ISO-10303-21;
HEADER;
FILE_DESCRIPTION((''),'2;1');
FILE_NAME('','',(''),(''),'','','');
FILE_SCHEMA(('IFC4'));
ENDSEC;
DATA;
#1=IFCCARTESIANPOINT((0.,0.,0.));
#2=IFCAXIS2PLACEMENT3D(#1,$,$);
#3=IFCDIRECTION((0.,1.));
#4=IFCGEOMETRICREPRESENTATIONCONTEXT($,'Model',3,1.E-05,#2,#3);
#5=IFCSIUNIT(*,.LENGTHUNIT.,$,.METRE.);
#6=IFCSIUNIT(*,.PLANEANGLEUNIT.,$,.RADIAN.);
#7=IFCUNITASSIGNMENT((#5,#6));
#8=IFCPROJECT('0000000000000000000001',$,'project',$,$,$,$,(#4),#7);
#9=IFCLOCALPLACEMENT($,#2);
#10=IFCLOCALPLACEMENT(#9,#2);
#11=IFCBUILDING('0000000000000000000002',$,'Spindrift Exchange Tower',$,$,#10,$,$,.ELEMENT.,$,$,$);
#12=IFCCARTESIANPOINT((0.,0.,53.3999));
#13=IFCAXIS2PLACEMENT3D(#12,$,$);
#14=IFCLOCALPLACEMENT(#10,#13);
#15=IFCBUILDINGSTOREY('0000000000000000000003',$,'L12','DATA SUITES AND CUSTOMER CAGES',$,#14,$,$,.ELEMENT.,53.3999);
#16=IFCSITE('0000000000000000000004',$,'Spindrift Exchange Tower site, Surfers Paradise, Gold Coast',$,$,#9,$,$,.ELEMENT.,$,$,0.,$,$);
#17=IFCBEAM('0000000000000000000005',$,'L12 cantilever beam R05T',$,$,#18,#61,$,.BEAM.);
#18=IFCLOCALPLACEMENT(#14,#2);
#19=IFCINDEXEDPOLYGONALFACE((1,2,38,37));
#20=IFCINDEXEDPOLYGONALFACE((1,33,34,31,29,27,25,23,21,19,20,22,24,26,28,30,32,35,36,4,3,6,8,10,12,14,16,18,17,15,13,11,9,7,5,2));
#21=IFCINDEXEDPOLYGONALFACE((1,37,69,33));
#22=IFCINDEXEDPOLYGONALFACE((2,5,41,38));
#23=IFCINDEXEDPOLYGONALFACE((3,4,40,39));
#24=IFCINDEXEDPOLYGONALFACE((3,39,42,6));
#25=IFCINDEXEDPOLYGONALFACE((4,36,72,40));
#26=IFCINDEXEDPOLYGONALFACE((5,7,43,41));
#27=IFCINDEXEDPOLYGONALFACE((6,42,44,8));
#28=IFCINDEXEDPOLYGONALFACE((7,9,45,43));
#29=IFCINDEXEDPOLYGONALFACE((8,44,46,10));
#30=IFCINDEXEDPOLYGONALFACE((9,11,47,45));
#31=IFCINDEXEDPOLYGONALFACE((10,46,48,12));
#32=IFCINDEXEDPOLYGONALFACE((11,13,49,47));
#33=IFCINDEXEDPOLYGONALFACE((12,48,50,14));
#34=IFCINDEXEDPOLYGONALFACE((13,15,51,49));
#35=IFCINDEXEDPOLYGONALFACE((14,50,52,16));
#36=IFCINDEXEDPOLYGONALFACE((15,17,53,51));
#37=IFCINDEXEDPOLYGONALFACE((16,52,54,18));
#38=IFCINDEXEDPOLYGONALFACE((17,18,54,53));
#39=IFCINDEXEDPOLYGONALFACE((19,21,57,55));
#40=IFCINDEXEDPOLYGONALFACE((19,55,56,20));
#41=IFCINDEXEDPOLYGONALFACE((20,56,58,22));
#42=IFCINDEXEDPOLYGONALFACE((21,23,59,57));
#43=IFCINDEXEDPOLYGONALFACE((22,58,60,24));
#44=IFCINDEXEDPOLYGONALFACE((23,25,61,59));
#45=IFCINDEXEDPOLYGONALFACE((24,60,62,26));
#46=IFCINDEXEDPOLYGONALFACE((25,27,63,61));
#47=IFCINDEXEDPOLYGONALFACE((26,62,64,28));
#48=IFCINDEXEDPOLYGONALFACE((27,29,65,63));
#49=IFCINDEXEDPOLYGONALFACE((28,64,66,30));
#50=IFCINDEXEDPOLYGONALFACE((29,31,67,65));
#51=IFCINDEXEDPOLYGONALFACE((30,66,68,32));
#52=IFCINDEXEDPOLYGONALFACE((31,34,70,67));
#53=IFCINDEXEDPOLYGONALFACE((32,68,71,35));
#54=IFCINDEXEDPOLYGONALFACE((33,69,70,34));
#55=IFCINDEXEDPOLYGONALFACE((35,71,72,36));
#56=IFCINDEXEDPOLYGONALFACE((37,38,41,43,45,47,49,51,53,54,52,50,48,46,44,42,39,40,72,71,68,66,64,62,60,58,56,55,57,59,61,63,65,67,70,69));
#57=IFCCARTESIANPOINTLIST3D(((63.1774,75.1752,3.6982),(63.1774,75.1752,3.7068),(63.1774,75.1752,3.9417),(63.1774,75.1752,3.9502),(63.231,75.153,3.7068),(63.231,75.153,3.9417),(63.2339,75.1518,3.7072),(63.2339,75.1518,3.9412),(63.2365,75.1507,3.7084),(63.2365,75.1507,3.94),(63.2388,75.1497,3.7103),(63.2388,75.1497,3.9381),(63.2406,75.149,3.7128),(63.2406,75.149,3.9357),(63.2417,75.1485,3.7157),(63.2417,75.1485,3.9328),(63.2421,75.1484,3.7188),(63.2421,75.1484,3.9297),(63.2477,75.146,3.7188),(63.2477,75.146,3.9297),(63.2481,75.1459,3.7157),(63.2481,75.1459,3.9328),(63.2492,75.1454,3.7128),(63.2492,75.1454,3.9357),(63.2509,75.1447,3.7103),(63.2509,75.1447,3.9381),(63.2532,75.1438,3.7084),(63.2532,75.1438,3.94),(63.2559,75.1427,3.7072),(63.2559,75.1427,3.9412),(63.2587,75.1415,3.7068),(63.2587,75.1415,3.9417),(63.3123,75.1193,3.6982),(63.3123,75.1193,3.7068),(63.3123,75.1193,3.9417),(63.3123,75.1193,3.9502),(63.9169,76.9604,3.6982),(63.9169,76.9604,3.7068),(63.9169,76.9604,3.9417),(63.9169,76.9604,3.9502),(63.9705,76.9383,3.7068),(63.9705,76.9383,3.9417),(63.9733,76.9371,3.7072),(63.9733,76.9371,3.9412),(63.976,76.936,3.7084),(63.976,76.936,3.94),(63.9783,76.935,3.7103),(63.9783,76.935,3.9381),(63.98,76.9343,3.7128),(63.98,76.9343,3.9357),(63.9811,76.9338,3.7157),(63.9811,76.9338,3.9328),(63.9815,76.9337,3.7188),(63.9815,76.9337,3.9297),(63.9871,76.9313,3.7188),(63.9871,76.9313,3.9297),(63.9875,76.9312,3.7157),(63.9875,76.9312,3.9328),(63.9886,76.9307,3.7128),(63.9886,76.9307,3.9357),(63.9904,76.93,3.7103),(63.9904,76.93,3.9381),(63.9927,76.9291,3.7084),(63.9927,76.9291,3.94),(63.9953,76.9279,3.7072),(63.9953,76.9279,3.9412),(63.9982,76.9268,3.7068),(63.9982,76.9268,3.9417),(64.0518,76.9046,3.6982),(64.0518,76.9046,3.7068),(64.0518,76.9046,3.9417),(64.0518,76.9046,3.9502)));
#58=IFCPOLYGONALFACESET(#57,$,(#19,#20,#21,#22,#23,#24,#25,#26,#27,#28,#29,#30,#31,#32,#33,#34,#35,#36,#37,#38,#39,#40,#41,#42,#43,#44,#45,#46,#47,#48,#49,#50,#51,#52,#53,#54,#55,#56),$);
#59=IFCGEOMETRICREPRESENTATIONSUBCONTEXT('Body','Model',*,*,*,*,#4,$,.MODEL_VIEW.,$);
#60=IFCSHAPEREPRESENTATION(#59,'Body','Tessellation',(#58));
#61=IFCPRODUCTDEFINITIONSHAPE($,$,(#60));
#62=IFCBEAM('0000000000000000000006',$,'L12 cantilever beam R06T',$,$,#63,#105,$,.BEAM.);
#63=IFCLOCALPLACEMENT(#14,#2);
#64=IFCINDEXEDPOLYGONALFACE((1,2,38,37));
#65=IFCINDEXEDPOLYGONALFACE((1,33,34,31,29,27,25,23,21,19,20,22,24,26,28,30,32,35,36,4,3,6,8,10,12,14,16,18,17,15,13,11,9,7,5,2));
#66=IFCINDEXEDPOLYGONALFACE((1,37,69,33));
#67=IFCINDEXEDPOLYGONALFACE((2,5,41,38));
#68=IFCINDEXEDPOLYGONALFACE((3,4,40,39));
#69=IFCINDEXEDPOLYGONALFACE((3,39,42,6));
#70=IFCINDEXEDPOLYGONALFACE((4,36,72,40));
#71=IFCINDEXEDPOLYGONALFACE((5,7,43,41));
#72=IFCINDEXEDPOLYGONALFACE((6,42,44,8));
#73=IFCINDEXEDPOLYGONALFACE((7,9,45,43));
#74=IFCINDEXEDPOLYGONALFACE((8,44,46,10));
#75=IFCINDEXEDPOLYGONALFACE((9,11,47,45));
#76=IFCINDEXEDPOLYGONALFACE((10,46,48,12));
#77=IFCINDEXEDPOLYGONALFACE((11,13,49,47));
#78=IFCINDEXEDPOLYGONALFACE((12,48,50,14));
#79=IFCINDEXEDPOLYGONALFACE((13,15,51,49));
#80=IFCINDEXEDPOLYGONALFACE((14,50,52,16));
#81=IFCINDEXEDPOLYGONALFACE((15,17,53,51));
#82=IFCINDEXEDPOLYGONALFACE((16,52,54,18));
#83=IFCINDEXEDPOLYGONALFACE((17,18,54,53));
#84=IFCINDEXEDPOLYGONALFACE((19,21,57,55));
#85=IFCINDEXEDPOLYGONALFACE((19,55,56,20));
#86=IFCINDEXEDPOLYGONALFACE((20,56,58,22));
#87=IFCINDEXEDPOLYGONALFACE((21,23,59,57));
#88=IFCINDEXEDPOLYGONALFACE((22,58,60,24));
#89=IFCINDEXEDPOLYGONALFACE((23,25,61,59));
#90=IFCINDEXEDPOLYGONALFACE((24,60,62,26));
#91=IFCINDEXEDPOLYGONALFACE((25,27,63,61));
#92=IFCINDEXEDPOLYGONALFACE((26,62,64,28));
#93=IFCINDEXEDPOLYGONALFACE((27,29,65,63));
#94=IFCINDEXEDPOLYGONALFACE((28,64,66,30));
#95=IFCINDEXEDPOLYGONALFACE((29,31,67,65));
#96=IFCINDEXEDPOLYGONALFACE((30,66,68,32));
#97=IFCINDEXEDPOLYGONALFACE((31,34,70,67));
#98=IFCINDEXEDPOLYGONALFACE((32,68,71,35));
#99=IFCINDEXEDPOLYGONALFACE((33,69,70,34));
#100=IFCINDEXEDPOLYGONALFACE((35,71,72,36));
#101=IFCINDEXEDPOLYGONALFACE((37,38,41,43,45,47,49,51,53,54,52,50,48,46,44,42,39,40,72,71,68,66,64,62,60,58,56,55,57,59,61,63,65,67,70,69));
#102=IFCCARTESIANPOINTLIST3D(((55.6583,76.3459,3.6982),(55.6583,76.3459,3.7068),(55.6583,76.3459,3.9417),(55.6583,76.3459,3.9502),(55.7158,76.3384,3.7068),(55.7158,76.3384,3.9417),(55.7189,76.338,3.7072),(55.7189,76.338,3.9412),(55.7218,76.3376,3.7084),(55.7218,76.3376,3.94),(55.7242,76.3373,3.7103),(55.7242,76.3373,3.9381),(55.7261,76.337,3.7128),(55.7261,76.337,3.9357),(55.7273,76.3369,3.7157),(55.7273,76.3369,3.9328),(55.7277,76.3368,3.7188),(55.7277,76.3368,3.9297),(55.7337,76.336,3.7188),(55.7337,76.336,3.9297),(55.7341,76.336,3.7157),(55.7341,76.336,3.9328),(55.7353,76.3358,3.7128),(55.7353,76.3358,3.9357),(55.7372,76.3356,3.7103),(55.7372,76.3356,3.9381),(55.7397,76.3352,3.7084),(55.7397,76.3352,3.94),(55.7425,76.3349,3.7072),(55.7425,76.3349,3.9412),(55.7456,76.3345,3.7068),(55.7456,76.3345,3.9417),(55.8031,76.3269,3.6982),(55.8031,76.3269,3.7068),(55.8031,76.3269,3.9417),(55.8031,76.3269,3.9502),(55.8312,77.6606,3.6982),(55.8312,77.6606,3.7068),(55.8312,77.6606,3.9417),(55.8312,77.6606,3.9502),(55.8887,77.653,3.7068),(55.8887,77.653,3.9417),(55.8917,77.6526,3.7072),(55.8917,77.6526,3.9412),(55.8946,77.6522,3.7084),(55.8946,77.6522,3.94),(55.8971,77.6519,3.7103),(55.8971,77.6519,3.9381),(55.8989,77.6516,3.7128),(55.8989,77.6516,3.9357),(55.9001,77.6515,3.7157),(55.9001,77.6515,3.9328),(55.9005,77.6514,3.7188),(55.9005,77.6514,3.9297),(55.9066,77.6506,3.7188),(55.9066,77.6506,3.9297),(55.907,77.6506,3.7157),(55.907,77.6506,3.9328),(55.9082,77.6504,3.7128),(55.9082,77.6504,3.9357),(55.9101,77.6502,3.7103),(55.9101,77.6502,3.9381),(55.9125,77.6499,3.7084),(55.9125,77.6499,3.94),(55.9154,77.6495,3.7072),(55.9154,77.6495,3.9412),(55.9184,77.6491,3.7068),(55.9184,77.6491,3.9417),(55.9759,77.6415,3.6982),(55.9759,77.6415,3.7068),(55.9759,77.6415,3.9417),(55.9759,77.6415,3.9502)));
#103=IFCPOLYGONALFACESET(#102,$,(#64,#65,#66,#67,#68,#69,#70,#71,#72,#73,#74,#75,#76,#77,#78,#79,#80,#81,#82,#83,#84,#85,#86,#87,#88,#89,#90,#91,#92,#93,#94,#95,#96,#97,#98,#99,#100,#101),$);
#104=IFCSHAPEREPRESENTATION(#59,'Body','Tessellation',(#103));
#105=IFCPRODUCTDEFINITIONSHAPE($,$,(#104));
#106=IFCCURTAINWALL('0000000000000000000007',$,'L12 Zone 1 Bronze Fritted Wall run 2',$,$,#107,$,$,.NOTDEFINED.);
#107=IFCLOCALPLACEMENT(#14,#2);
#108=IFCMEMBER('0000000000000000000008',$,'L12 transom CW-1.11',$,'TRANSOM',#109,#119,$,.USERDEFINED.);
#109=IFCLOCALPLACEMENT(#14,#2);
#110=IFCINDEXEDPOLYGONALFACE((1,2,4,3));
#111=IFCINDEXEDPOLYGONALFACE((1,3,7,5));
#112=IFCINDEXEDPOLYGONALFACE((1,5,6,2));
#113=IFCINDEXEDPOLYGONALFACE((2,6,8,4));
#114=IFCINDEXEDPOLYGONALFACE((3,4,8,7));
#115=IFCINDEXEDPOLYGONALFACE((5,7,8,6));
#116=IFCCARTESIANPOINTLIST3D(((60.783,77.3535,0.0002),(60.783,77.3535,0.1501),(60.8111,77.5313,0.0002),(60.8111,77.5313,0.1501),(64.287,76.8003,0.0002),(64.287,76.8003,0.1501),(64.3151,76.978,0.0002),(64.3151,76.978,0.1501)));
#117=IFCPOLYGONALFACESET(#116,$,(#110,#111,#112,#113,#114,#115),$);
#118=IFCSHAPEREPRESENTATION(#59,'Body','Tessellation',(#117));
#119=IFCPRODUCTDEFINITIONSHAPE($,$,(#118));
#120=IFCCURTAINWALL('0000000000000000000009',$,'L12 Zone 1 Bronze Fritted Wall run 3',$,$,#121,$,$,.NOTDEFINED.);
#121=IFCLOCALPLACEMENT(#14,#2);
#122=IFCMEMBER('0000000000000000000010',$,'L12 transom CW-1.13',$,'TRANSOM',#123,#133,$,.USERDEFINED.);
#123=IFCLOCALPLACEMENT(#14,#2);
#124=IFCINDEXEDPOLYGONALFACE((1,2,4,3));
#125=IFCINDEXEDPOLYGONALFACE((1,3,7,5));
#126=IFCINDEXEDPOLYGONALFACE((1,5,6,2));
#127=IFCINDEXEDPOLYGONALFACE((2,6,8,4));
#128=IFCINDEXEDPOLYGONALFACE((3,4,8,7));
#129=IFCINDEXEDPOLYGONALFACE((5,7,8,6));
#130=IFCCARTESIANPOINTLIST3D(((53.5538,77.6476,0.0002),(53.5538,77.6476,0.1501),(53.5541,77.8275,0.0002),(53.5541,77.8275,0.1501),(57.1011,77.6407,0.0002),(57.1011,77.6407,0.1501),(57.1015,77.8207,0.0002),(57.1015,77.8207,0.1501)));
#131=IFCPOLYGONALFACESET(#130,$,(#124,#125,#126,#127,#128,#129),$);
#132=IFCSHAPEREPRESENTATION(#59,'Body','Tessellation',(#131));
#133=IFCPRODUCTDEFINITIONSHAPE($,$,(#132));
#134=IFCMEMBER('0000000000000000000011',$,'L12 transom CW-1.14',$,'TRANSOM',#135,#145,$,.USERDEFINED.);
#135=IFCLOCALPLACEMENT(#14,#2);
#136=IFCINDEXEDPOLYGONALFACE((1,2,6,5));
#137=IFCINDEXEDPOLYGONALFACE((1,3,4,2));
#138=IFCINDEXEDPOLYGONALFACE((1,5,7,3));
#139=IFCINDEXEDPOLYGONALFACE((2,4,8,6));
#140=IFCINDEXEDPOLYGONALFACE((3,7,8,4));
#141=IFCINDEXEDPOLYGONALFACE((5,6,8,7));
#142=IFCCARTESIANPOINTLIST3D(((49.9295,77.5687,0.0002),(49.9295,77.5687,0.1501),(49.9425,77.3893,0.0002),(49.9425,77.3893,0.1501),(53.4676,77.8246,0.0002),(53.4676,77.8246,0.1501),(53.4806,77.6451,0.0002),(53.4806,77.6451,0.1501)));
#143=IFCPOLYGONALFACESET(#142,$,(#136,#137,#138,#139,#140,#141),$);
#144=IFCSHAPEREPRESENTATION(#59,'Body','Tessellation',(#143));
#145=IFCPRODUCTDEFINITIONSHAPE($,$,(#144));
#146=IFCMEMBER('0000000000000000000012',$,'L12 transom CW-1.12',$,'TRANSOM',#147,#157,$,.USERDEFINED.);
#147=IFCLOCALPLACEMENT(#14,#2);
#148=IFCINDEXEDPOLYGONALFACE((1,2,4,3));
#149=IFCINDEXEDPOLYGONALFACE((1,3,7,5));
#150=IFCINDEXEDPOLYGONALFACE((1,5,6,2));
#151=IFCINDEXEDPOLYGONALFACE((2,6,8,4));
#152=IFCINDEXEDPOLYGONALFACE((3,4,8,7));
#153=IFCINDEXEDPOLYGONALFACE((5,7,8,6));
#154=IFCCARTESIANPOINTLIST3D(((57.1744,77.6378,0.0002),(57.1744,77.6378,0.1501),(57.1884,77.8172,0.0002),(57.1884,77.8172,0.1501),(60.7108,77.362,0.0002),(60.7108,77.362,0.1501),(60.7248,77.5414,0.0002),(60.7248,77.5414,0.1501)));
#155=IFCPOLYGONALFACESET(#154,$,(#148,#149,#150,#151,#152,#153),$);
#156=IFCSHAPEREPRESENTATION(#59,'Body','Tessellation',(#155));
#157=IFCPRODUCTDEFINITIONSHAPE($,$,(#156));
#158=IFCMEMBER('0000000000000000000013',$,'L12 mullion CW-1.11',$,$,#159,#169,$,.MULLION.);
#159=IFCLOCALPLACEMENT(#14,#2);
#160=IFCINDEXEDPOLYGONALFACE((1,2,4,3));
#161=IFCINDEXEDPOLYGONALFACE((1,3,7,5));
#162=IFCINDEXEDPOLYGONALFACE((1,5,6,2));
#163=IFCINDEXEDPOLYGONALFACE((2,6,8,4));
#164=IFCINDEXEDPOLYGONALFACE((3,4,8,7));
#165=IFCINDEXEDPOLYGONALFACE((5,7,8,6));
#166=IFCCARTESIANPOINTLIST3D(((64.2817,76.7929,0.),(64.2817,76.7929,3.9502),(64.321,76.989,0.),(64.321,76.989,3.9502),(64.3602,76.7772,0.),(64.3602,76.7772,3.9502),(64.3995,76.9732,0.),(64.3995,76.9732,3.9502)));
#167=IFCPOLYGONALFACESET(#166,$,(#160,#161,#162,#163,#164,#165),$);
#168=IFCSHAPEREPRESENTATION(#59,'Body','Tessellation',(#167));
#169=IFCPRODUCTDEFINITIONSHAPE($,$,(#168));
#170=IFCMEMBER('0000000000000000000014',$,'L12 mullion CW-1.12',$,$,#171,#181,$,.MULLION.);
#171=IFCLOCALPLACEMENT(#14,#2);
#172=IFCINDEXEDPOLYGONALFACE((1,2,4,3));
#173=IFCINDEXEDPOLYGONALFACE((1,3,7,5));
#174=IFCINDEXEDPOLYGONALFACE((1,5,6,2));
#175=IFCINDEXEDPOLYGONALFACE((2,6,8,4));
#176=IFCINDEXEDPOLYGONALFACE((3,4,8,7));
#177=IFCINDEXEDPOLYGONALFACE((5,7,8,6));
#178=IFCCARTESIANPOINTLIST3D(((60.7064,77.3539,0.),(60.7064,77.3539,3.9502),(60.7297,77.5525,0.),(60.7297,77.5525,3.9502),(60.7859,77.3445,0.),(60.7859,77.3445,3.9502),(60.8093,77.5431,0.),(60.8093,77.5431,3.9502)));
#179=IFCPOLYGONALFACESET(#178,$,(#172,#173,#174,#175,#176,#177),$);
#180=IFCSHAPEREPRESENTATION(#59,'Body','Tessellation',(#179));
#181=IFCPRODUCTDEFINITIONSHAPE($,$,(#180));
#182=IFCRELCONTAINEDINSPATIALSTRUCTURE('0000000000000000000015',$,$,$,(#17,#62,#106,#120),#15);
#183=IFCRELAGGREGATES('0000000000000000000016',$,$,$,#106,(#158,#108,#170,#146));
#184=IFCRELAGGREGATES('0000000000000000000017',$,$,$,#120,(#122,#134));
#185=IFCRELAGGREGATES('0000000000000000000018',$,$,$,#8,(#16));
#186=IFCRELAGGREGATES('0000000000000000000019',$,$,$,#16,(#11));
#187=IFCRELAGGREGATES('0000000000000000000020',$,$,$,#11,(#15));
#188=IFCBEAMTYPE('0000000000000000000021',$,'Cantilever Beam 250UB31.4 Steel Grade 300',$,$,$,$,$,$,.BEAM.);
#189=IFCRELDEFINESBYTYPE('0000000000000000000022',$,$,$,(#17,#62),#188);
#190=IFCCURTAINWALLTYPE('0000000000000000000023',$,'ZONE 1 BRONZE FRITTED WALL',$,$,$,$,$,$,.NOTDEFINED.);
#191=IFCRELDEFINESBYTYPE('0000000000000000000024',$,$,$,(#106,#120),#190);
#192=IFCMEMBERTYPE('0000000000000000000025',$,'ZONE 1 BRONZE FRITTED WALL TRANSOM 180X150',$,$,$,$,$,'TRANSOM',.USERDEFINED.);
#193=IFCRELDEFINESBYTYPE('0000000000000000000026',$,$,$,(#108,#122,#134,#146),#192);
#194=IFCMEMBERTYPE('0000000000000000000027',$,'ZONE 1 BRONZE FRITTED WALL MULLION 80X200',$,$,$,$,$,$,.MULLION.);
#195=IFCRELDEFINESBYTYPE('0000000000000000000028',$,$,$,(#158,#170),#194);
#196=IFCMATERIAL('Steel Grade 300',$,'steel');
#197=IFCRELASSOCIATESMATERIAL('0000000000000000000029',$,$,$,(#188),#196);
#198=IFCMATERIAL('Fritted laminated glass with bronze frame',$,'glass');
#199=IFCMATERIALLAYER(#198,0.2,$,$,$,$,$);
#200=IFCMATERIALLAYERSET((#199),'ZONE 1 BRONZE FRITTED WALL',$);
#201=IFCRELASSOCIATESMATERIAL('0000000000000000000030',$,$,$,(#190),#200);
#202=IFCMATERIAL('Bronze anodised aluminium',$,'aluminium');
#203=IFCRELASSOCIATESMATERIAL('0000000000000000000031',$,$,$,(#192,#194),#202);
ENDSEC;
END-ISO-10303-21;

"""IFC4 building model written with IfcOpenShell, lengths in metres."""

from ifc_helpers import new_model, si_unit, direction, frame, origin, origin_2d, place, context, subcontext, project, spatial, rectangle, i_section, extrude, source, transform, mapped, material, layer, layer_set, material_profile, profile_set, type_object, element, aggregate, save


model = new_model("IFC4")

# Units and contexts
model_context = context("Model", 3, precision=1e-05, world=origin(), true_north=direction((0.0, 1.0)))
body_context = subcontext(model_context, "Body", "Model", "MODEL_VIEW")
ifc_project = project(units=[si_unit("LENGTHUNIT", "METRE"), si_unit("PLANEANGLEUNIT", "RADIAN")], contexts=[model_context])

# Site, building, storey
site_placement = place(None, origin())
site = spatial("IfcSite", under=ifc_project, at=site_placement, Name="Spindrift Exchange Tower site, Surfers Paradise, Gold Coast", CompositionType="ELEMENT", RefElevation=0.0)
building_placement = place(site_placement, origin())
building = spatial("IfcBuilding", under=site, at=building_placement, Name="Spindrift Exchange Tower", CompositionType="ELEMENT")
storey_placement = place(building_placement, frame((0.0, 0.0, 53.3999)))
storey = spatial("IfcBuildingStorey", under=building, at=storey_placement, Name="L12", Description="DATA SUITES AND CUSTOMER CAGES", CompositionType="ELEMENT", Elevation=53.3999)

# Beams
ifc_material_1 = material(Name="Steel Grade 300", Category="steel")
ifc_material_profile_1 = material_profile(ifc_material_1, i_section(OverallWidth=0.146, OverallDepth=0.252, WebThickness=0.0061, FlangeThickness=0.0085, FilletRadius=0.012, at=origin_2d()), Name="250UB31.4")
ifc_profile_set_1 = profile_set([ifc_material_profile_1], Name="Steel Grade 300")
beam_type_1 = type_object("IfcBeamType", Name="Cantilever Beam 250UB31.4 Steel Grade 300", PredefinedType="BEAM", material=ifc_profile_set_1)
shared_shape_1 = source(origin(), body_context, "Body", "SweptSolid", [
    extrude(i_section(OverallWidth=0.146, OverallDepth=0.252, WebThickness=0.0061, FlangeThickness=0.0085, FilletRadius=0.012, at=origin_2d()), origin(), (0.0, 0.0, 1.0), 1.9324),
])
beam_1_placement = place(storey_placement, frame((63.2449, 75.1472, 3.8242), z_axis=(0.382668, 0.923886, 0.0), x_axis=(-0.923886, 0.382668, 0.0)))
element("IfcBeam", 1, at=beam_1_placement, inside=storey, type_object=beam_type_1, Name="L12 cantilever beam R05T", PredefinedType="BEAM", context=body_context, shape_type="MappedRepresentation", body=[
    mapped(shared_shape_1, transform((0.0, 0.0, 0.0), scale=1.0)),
])
shared_shape_2 = source(origin(), body_context, "Body", "SweptSolid", [
    extrude(i_section(OverallWidth=0.146, OverallDepth=0.252, WebThickness=0.0061, FlangeThickness=0.0085, FilletRadius=0.012, at=origin_2d()), origin(), (0.0, 0.0, 1.0), 1.3259),
])
beam_2_placement = place(storey_placement, frame((55.7307, 76.3364, 3.8242), z_axis=(0.130354, 0.991467, 0.0), x_axis=(-0.991467, 0.130354, 0.0)))
element("IfcBeam", 2, at=beam_2_placement, inside=storey, type_object=beam_type_1, Name="L12 cantilever beam R06T", PredefinedType="BEAM", context=body_context, shape_type="MappedRepresentation", body=[
    mapped(shared_shape_2, transform((0.0, 0.0, 0.0), scale=1.0)),
])

# Curtain wall, member
ifc_material_2 = material(Name="Fritted laminated glass with bronze frame", Category="glass")
ifc_layer_1 = layer(ifc_material_2, 0.2)
ifc_layer_set_1 = layer_set([ifc_layer_1], Name="ZONE 1 BRONZE FRITTED WALL")
curtain_wall_type = type_object("IfcCurtainWallType", Name="ZONE 1 BRONZE FRITTED WALL", PredefinedType="NOTDEFINED", material=ifc_layer_set_1)
curtain_wall_1_placement = place(storey_placement, origin())
curtain_wall_1 = element("IfcCurtainWall", 3, at=curtain_wall_1_placement, inside=storey, type_object=curtain_wall_type, Name="L12 Zone 1 Bronze Fritted Wall run 2", PredefinedType="NOTDEFINED")
ifc_material_3 = material(Name="Bronze anodised aluminium", Category="aluminium")
ifc_material_profile_2 = material_profile(ifc_material_3, rectangle(XDim=0.1799, YDim=0.1499, at=origin_2d()), Name="ZONE 1 BRONZE FRITTED WALL TRANSOM 180X150")
ifc_profile_set_2 = profile_set([ifc_material_profile_2], Name="Bronze anodised aluminium")
member_type_1 = type_object("IfcMemberType", Name="ZONE 1 BRONZE FRITTED WALL TRANSOM 180X150", ElementType="TRANSOM", PredefinedType="USERDEFINED", material=ifc_profile_set_2)
shared_shape_3 = source(origin(), body_context, "Body", "SweptSolid", [
    extrude(rectangle(XDim=0.1799, YDim=0.1499, at=origin_2d()), origin(), (0.0, 0.0, 1.0), 3.5474),
])
member_1_placement = place(storey_placement, frame((64.301, 76.8892, 0.0752), z_axis=(-0.987764, 0.155956, 0.0), x_axis=(-0.155956, -0.987764, 0.0)))
member_1 = element("IfcMember", 4, at=member_1_placement, type_object=member_type_1, Name="L12 transom CW-1.11", ObjectType="TRANSOM", PredefinedType="USERDEFINED", context=body_context, shape_type="MappedRepresentation", body=[
    mapped(shared_shape_3, transform((0.0, 0.0, 0.0), scale=1.0)),
])

# Curtain wall, members
curtain_wall_2_placement = place(storey_placement, origin())
curtain_wall_2 = element("IfcCurtainWall", 5, at=curtain_wall_2_placement, inside=storey, type_object=curtain_wall_type, Name="L12 Zone 1 Bronze Fritted Wall run 3", PredefinedType="NOTDEFINED")
member_2_placement = place(storey_placement, frame((57.1013, 77.7307, 0.0752), z_axis=(-0.999998, 0.001927, 0.0), x_axis=(-0.001927, -0.999998, 0.0)))
member_2 = element("IfcMember", 6, at=member_2_placement, type_object=member_type_1, Name="L12 transom CW-1.13", ObjectType="TRANSOM", PredefinedType="USERDEFINED", context=body_context, shape_type="MappedRepresentation", body=[
    mapped(shared_shape_3, transform((0.0, 0.0, 0.0), scale=1.0)),
])
member_3_placement = place(storey_placement, frame((53.4741, 77.7349, 0.0752), z_axis=(-0.997395, -0.072127, 0.0), x_axis=(0.072127, -0.997395, 0.0)))
member_3 = element("IfcMember", 7, at=member_3_placement, type_object=member_type_1, Name="L12 transom CW-1.14", ObjectType="TRANSOM", PredefinedType="USERDEFINED", context=body_context, shape_type="MappedRepresentation", body=[
    mapped(shared_shape_3, transform((0.0, 0.0, 0.0), scale=1.0)),
])

# Members
shared_shape_4 = source(origin(), body_context, "Body", "SweptSolid", [
    extrude(rectangle(XDim=0.1799, YDim=0.1499, at=origin_2d()), origin(), (0.0, 0.0, 1.0), 3.5471),
])
member_4_placement = place(storey_placement, frame((60.7178, 77.4517, 0.0752), z_axis=(-0.996971, 0.077775, 0.0), x_axis=(-0.077775, -0.996971, 0.0)))
member_4 = element("IfcMember", 8, at=member_4_placement, type_object=member_type_1, Name="L12 transom CW-1.12", ObjectType="TRANSOM", PredefinedType="USERDEFINED", context=body_context, shape_type="MappedRepresentation", body=[
    mapped(shared_shape_4, transform((0.0, 0.0, 0.0), scale=1.0)),
])
ifc_material_profile_3 = material_profile(ifc_material_3, rectangle(XDim=0.0801, YDim=0.2, at=origin_2d()), Name="ZONE 1 BRONZE FRITTED WALL MULLION 80X200")
ifc_profile_set_3 = profile_set([ifc_material_profile_3], Name="Bronze anodised aluminium")
member_type_2 = type_object("IfcMemberType", Name="ZONE 1 BRONZE FRITTED WALL MULLION 80X200", PredefinedType="MULLION", material=ifc_profile_set_3)
shared_shape_5 = source(origin(), body_context, "Body", "SweptSolid", [
    extrude(rectangle(XDim=0.0801, YDim=0.2, at=origin_2d()), origin(), (0.0, 0.0, 1.0), 3.9502),
])
member_5_placement = place(storey_placement, frame((64.3406, 76.8831, 0.0), z_axis=(0.0, 0.0, 1.0), x_axis=(-0.980509, 0.196475, 0.0)))
member_5 = element("IfcMember", 9, at=member_5_placement, type_object=member_type_2, Name="L12 mullion CW-1.11", PredefinedType="MULLION", context=body_context, shape_type="MappedRepresentation", body=[
    mapped(shared_shape_5, transform((0.0, 0.0, 0.0), scale=1.0)),
])
member_6_placement = place(storey_placement, frame((60.7578, 77.4485, 0.0), z_axis=(0.0, 0.0, 1.0), x_axis=(-0.993139, 0.116942, 0.0)))
member_6 = element("IfcMember", 10, at=member_6_placement, type_object=member_type_2, Name="L12 mullion CW-1.12", PredefinedType="MULLION", context=body_context, shape_type="MappedRepresentation", body=[
    mapped(shared_shape_5, transform((0.0, 0.0, 0.0), scale=1.0)),
])

aggregate(curtain_wall_1, [member_5, member_1, member_6, member_4])
aggregate(curtain_wall_2, [member_2, member_3])

save(model, "model.ifc")
